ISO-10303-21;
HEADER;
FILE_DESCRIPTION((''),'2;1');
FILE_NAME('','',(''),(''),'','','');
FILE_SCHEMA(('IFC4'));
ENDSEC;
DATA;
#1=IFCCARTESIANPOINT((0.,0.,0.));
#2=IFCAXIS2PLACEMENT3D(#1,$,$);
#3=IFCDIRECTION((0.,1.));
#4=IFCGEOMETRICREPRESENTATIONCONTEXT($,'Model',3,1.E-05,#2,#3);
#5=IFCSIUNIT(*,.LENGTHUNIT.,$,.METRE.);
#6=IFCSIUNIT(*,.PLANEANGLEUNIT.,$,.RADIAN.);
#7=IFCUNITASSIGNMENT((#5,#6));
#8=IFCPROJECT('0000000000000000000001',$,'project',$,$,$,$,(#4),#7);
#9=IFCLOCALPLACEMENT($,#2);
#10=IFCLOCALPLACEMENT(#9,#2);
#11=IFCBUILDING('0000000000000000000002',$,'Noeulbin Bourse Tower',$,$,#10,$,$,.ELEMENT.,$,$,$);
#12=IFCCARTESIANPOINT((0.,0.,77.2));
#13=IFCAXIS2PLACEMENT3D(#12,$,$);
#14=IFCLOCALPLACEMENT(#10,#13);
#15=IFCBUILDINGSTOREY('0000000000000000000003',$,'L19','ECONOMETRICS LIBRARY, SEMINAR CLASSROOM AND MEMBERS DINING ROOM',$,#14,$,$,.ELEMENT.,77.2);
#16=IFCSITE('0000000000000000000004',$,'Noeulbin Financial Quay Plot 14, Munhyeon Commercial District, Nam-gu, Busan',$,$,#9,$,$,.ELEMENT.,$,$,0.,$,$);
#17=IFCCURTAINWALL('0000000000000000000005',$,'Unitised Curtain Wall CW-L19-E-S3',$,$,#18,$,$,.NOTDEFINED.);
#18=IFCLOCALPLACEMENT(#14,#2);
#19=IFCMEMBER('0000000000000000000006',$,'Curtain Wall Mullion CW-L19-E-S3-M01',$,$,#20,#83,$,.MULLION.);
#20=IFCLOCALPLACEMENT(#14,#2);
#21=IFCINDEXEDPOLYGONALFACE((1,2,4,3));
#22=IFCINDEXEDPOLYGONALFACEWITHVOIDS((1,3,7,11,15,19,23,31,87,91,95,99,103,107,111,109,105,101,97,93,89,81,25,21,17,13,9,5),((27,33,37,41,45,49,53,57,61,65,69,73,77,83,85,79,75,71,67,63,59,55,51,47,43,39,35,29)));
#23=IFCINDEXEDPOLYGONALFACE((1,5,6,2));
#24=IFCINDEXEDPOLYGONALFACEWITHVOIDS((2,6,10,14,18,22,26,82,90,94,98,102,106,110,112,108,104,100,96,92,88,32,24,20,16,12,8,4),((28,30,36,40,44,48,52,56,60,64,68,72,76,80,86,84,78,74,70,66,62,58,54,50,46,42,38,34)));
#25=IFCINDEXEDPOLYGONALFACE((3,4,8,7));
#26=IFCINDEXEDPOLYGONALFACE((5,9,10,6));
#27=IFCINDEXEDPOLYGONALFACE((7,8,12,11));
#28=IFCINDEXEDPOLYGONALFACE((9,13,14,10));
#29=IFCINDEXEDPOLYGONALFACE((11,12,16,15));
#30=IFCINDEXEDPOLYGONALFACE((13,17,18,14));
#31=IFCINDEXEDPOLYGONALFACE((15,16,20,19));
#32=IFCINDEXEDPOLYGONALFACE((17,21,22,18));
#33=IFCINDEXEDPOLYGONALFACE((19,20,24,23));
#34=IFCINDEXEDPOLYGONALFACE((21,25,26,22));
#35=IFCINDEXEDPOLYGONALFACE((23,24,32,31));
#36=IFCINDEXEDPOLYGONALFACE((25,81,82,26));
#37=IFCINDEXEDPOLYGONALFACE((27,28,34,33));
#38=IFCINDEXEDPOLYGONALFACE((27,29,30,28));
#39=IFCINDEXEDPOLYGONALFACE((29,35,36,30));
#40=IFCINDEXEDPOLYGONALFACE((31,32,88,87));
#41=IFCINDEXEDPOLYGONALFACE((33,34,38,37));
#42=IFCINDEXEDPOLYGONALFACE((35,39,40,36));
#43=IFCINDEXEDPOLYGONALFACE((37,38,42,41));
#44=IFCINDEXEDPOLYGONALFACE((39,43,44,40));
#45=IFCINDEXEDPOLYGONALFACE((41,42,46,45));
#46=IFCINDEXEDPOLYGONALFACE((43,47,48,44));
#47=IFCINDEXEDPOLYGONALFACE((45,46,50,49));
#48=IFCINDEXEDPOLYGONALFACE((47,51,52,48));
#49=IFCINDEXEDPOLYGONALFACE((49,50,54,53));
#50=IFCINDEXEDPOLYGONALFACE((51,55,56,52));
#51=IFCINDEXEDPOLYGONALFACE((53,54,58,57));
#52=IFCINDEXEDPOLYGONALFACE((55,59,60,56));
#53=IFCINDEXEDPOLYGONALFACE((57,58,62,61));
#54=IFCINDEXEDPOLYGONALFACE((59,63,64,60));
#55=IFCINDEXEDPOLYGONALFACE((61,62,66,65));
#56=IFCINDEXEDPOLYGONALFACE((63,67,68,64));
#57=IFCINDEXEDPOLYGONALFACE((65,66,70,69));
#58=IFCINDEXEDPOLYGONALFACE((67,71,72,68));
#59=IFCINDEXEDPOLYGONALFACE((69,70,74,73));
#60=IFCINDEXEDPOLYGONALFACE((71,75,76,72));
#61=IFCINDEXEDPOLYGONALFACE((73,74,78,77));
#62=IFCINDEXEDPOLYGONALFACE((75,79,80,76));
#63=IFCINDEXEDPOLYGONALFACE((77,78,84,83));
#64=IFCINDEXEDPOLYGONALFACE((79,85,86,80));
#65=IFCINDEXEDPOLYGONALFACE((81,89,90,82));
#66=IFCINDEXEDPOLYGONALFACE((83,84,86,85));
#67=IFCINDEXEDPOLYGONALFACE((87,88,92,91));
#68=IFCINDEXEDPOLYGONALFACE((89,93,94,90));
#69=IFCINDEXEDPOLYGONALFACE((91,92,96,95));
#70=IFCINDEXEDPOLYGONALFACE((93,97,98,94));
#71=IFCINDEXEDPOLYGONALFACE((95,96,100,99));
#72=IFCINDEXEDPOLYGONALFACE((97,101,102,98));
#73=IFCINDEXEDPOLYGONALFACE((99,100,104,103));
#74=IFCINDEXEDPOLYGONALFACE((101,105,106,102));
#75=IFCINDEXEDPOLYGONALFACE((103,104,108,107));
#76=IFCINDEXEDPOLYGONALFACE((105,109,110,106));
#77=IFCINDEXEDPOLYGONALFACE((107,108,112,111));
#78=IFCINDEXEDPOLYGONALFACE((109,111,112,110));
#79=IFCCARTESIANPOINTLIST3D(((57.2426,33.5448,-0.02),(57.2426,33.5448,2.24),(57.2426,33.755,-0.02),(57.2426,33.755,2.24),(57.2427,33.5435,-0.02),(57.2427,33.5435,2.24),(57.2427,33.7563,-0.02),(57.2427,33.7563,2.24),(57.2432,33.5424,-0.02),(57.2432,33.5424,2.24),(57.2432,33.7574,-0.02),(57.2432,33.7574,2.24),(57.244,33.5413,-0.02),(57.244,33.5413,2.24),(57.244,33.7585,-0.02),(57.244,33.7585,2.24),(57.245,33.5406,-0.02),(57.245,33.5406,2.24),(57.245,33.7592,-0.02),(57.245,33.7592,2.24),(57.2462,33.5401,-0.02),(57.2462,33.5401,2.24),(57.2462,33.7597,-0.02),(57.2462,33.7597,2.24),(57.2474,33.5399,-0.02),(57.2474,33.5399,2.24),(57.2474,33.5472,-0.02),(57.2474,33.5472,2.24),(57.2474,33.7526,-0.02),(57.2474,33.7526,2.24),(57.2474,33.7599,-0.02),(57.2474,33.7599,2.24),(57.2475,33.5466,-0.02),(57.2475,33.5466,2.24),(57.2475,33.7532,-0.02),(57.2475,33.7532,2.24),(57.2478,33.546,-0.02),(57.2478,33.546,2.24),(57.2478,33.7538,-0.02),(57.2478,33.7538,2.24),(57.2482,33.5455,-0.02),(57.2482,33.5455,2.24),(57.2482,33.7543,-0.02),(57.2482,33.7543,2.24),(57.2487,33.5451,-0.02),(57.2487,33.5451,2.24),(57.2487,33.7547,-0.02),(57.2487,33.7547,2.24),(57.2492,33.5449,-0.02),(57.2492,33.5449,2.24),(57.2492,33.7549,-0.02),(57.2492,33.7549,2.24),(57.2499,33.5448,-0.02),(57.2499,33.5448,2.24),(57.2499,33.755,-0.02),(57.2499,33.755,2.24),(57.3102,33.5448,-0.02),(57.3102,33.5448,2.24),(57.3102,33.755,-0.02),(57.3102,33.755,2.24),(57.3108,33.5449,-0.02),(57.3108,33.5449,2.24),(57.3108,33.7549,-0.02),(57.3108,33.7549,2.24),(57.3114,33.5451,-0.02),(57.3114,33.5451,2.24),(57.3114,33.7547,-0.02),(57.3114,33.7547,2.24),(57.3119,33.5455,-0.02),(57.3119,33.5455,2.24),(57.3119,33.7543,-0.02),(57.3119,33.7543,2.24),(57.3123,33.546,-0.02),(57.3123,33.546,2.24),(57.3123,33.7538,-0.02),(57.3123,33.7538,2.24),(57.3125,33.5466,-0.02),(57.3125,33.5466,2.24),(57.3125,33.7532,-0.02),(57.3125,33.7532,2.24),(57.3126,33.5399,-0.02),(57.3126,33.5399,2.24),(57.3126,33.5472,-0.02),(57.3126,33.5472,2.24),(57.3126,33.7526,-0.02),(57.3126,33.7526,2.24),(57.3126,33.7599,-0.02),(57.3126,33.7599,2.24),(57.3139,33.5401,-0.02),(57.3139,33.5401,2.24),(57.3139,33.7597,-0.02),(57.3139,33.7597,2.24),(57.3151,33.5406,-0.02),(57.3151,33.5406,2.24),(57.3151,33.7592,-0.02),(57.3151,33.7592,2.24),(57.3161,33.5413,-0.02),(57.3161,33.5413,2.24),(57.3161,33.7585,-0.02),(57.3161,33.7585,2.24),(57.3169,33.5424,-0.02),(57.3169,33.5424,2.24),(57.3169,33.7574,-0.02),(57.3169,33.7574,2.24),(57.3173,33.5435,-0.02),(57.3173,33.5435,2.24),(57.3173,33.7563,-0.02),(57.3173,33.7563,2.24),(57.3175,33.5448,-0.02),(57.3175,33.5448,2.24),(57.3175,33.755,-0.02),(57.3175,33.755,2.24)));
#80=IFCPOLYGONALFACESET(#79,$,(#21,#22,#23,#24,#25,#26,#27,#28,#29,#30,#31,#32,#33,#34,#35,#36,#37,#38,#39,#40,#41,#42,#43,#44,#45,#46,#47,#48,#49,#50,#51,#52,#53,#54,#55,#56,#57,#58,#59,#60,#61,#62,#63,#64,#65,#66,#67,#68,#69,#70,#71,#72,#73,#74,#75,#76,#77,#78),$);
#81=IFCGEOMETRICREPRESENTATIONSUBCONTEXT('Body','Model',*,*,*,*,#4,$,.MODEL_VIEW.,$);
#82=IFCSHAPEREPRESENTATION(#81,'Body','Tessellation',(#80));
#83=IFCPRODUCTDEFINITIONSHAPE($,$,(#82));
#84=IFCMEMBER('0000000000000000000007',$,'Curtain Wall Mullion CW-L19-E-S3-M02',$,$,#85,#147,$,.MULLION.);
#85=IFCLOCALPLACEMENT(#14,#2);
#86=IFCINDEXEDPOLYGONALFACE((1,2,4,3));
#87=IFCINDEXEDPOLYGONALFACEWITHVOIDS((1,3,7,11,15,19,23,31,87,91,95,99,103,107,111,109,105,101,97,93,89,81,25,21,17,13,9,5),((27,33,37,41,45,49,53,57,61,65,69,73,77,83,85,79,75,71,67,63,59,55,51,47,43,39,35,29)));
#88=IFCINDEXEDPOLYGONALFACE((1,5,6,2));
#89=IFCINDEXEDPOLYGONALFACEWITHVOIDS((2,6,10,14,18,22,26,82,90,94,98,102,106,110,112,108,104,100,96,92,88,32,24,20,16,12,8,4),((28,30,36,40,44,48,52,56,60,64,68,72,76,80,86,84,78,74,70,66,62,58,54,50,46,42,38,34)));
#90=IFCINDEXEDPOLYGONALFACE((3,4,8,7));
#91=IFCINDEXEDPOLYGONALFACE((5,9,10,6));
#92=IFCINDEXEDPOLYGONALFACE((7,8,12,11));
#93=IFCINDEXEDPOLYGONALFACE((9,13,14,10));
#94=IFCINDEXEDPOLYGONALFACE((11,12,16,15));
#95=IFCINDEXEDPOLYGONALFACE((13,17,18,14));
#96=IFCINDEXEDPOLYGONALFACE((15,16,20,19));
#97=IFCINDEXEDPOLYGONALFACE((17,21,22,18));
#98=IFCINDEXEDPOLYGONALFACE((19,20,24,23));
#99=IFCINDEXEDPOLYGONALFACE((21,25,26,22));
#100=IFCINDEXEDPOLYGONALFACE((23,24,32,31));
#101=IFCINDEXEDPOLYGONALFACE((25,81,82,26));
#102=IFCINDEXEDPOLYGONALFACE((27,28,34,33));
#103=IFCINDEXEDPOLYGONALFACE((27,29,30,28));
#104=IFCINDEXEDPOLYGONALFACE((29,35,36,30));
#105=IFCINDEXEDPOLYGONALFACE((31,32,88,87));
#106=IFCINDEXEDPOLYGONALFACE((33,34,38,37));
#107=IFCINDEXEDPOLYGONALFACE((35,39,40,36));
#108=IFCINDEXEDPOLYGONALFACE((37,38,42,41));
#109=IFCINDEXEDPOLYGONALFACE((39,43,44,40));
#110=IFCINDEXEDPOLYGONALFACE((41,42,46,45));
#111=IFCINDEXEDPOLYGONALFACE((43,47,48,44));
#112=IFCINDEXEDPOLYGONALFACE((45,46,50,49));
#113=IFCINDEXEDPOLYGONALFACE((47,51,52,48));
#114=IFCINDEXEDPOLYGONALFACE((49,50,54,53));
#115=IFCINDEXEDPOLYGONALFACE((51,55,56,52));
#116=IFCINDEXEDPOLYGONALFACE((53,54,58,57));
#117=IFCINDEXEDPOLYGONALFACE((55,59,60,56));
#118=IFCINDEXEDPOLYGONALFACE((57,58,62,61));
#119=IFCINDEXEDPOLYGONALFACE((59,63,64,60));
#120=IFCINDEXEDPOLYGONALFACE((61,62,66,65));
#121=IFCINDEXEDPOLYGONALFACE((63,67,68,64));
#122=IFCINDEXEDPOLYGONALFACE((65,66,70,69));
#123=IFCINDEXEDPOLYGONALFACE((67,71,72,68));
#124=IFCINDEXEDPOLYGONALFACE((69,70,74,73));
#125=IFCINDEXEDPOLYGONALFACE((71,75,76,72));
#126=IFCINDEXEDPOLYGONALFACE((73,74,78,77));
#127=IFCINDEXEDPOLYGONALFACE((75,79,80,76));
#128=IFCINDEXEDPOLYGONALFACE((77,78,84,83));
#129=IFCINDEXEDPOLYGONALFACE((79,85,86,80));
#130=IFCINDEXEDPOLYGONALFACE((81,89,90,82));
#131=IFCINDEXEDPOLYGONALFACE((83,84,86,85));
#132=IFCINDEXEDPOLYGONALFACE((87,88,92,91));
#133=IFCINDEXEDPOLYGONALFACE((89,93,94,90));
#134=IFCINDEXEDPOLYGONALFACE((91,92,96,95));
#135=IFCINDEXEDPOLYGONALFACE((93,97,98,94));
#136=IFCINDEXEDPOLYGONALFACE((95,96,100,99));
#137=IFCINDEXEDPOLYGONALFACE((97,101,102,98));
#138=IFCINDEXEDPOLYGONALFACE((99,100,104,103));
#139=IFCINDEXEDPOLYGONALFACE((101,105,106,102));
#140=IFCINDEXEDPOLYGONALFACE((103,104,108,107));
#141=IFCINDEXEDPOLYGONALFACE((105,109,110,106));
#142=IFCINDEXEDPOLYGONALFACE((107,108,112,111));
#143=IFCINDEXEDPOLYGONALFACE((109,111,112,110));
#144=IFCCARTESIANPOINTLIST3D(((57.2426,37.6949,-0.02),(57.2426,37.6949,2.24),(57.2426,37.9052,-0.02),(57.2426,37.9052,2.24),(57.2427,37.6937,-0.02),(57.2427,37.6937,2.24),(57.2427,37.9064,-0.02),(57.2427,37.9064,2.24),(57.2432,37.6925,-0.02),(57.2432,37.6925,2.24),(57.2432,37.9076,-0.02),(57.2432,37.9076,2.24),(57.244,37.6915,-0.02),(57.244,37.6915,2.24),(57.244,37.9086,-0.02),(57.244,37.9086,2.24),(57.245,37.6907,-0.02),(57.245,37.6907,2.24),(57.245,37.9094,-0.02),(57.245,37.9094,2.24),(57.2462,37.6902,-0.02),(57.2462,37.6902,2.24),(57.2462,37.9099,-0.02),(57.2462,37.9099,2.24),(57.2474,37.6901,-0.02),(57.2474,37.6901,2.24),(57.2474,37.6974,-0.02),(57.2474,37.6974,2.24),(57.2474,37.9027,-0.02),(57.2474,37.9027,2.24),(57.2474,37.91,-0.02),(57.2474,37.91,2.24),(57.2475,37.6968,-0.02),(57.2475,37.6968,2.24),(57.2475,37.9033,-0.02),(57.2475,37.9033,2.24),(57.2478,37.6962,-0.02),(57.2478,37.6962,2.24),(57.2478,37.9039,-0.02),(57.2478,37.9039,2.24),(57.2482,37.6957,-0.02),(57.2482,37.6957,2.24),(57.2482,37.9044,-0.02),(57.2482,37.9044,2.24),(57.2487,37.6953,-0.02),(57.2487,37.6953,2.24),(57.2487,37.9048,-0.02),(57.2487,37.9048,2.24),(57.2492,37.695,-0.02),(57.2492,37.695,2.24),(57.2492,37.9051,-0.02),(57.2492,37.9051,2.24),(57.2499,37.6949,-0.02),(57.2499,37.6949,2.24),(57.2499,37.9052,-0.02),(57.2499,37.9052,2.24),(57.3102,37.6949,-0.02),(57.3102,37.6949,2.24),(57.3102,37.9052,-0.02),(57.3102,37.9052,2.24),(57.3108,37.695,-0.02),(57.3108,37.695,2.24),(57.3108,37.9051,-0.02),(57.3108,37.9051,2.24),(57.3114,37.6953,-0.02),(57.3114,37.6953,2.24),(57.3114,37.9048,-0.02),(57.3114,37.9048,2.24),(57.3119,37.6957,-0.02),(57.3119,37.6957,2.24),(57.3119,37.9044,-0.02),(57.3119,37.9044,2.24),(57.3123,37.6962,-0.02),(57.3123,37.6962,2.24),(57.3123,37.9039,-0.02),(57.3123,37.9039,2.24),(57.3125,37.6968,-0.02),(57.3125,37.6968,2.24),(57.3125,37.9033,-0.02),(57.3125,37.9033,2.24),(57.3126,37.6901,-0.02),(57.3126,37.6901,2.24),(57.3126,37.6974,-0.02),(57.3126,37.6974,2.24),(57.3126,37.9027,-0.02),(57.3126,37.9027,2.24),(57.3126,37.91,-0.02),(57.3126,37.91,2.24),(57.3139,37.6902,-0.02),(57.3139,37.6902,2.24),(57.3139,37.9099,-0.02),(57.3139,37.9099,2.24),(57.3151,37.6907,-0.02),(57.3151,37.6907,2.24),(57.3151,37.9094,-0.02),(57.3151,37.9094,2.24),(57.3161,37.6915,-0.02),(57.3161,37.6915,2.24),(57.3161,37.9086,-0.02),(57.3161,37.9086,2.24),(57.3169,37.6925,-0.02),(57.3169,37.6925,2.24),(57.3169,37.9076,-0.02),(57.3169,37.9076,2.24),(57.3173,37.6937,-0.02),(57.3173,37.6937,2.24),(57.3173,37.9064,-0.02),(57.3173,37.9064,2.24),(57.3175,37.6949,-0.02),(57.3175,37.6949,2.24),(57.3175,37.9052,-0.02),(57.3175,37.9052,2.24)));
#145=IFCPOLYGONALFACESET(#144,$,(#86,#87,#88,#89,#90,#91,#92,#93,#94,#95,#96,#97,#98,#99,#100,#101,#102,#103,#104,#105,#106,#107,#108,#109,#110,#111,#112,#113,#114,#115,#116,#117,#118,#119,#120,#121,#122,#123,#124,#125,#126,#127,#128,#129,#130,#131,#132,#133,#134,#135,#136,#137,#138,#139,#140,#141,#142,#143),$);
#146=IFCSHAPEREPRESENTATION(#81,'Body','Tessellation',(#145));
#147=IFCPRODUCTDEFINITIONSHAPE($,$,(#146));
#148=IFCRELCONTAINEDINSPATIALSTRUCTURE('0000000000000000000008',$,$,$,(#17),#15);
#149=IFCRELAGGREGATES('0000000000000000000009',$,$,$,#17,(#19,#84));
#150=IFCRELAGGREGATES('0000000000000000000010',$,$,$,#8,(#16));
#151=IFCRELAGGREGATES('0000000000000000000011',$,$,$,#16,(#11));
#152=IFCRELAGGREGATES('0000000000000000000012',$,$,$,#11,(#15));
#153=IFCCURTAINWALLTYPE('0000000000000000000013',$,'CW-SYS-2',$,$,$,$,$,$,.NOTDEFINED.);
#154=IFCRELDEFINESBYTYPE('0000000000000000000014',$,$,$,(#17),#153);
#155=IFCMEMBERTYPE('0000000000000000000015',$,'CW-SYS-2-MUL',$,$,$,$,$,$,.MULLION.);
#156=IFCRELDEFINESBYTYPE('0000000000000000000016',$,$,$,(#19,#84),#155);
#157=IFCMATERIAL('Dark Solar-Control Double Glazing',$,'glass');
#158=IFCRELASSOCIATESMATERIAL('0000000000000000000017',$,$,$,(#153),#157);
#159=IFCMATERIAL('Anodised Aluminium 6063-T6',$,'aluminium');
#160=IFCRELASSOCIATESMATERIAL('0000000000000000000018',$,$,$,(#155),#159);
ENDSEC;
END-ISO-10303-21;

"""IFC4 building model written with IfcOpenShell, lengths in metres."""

from ifc_helpers import new_model, si_unit, direction, frame, origin, origin_2d, place, context, subcontext, project, spatial, hollow_rectangle, extrude, material, material_profile, profile_set, type_object, element, aggregate, save


model = new_model("IFC4")

# Units and contexts
model_context = context("Model", 3, precision=1e-05, world=origin(), true_north=direction((0.0, 1.0)))
body_context = subcontext(model_context, "Body", "Model", "MODEL_VIEW")
ifc_project = project(units=[si_unit("LENGTHUNIT", "METRE"), si_unit("PLANEANGLEUNIT", "RADIAN")], contexts=[model_context])

# Site, building, storey
site_placement = place(None, origin())
site = spatial("IfcSite", under=ifc_project, at=site_placement, Name="Noeulbin Financial Quay Plot 14, Munhyeon Commercial District, Nam-gu, Busan", CompositionType="ELEMENT", RefElevation=0.0)
building_placement = place(site_placement, origin())
building = spatial("IfcBuilding", under=site, at=building_placement, Name="Noeulbin Bourse Tower", CompositionType="ELEMENT")
storey_placement = place(building_placement, frame((0.0, 0.0, 77.2)))
storey = spatial("IfcBuildingStorey", under=building, at=storey_placement, Name="L19", Description="ECONOMETRICS LIBRARY, SEMINAR CLASSROOM AND MEMBERS DINING ROOM", CompositionType="ELEMENT", Elevation=77.2)

# Shared definitions
ifc_material_1 = material(Name="Dark Solar-Control Double Glazing", Category="glass")
curtain_wall_type = type_object("IfcCurtainWallType", Name="CW-SYS-2", PredefinedType="NOTDEFINED", material=ifc_material_1)
ifc_material_2 = material(Name="Anodised Aluminium 6063-T6", Category="aluminium")
ifc_material_profile_1 = material_profile(ifc_material_2, hollow_rectangle(XDim=0.075, YDim=0.22, WallThickness=0.0049, InnerFilletRadius=0.0024, OuterFilletRadius=0.0049, at=origin_2d()), Name="ALU-MULL-75x220x5", Category="LoadBearing")
ifc_profile_set_1 = profile_set([ifc_material_profile_1], Name="Anodised Aluminium 6063-T6")
member_type_1 = type_object("IfcMemberType", Name="CW-SYS-2-MUL", PredefinedType="MULLION", material=ifc_profile_set_1)

# Curtain wall, members
curtain_wall_1_placement = place(storey_placement, origin())
curtain_wall_1 = element("IfcCurtainWall", 1, at=curtain_wall_1_placement, inside=storey, type_object=curtain_wall_type, Name="Unitised Curtain Wall CW-L19-E-S3", PredefinedType="NOTDEFINED")
member_1_placement = place(storey_placement, frame((57.28, 33.6499, -0.02), z_axis=(0.0, 0.0, 1.0), x_axis=(1.0, 0.0, 0.0)))
member_1 = element("IfcMember", 2, at=member_1_placement, type_object=member_type_1, Name="Curtain Wall Mullion CW-L19-E-S3-M01", PredefinedType="MULLION", context=body_context, shape_type="SweptSolid", body=[
    extrude(hollow_rectangle(XDim=0.075, YDim=0.22, WallThickness=0.0049, InnerFilletRadius=0.0024, OuterFilletRadius=0.0049, at=origin_2d()), origin(), (0.0, 0.0, 1.0), 2.26),
])
member_2_placement = place(storey_placement, frame((57.28, 37.8, -0.02), z_axis=(0.0, 0.0, 1.0), x_axis=(1.0, 0.0, 0.0)))
member_2 = element("IfcMember", 3, at=member_2_placement, type_object=member_type_1, Name="Curtain Wall Mullion CW-L19-E-S3-M02", PredefinedType="MULLION", context=body_context, shape_type="SweptSolid", body=[
    extrude(hollow_rectangle(XDim=0.075, YDim=0.22, WallThickness=0.0049, InnerFilletRadius=0.0024, OuterFilletRadius=0.0049, at=origin_2d()), origin(), (0.0, 0.0, 1.0), 2.26),
])
aggregate(curtain_wall_1, [member_1, member_2])

save(model, "model.ifc")
